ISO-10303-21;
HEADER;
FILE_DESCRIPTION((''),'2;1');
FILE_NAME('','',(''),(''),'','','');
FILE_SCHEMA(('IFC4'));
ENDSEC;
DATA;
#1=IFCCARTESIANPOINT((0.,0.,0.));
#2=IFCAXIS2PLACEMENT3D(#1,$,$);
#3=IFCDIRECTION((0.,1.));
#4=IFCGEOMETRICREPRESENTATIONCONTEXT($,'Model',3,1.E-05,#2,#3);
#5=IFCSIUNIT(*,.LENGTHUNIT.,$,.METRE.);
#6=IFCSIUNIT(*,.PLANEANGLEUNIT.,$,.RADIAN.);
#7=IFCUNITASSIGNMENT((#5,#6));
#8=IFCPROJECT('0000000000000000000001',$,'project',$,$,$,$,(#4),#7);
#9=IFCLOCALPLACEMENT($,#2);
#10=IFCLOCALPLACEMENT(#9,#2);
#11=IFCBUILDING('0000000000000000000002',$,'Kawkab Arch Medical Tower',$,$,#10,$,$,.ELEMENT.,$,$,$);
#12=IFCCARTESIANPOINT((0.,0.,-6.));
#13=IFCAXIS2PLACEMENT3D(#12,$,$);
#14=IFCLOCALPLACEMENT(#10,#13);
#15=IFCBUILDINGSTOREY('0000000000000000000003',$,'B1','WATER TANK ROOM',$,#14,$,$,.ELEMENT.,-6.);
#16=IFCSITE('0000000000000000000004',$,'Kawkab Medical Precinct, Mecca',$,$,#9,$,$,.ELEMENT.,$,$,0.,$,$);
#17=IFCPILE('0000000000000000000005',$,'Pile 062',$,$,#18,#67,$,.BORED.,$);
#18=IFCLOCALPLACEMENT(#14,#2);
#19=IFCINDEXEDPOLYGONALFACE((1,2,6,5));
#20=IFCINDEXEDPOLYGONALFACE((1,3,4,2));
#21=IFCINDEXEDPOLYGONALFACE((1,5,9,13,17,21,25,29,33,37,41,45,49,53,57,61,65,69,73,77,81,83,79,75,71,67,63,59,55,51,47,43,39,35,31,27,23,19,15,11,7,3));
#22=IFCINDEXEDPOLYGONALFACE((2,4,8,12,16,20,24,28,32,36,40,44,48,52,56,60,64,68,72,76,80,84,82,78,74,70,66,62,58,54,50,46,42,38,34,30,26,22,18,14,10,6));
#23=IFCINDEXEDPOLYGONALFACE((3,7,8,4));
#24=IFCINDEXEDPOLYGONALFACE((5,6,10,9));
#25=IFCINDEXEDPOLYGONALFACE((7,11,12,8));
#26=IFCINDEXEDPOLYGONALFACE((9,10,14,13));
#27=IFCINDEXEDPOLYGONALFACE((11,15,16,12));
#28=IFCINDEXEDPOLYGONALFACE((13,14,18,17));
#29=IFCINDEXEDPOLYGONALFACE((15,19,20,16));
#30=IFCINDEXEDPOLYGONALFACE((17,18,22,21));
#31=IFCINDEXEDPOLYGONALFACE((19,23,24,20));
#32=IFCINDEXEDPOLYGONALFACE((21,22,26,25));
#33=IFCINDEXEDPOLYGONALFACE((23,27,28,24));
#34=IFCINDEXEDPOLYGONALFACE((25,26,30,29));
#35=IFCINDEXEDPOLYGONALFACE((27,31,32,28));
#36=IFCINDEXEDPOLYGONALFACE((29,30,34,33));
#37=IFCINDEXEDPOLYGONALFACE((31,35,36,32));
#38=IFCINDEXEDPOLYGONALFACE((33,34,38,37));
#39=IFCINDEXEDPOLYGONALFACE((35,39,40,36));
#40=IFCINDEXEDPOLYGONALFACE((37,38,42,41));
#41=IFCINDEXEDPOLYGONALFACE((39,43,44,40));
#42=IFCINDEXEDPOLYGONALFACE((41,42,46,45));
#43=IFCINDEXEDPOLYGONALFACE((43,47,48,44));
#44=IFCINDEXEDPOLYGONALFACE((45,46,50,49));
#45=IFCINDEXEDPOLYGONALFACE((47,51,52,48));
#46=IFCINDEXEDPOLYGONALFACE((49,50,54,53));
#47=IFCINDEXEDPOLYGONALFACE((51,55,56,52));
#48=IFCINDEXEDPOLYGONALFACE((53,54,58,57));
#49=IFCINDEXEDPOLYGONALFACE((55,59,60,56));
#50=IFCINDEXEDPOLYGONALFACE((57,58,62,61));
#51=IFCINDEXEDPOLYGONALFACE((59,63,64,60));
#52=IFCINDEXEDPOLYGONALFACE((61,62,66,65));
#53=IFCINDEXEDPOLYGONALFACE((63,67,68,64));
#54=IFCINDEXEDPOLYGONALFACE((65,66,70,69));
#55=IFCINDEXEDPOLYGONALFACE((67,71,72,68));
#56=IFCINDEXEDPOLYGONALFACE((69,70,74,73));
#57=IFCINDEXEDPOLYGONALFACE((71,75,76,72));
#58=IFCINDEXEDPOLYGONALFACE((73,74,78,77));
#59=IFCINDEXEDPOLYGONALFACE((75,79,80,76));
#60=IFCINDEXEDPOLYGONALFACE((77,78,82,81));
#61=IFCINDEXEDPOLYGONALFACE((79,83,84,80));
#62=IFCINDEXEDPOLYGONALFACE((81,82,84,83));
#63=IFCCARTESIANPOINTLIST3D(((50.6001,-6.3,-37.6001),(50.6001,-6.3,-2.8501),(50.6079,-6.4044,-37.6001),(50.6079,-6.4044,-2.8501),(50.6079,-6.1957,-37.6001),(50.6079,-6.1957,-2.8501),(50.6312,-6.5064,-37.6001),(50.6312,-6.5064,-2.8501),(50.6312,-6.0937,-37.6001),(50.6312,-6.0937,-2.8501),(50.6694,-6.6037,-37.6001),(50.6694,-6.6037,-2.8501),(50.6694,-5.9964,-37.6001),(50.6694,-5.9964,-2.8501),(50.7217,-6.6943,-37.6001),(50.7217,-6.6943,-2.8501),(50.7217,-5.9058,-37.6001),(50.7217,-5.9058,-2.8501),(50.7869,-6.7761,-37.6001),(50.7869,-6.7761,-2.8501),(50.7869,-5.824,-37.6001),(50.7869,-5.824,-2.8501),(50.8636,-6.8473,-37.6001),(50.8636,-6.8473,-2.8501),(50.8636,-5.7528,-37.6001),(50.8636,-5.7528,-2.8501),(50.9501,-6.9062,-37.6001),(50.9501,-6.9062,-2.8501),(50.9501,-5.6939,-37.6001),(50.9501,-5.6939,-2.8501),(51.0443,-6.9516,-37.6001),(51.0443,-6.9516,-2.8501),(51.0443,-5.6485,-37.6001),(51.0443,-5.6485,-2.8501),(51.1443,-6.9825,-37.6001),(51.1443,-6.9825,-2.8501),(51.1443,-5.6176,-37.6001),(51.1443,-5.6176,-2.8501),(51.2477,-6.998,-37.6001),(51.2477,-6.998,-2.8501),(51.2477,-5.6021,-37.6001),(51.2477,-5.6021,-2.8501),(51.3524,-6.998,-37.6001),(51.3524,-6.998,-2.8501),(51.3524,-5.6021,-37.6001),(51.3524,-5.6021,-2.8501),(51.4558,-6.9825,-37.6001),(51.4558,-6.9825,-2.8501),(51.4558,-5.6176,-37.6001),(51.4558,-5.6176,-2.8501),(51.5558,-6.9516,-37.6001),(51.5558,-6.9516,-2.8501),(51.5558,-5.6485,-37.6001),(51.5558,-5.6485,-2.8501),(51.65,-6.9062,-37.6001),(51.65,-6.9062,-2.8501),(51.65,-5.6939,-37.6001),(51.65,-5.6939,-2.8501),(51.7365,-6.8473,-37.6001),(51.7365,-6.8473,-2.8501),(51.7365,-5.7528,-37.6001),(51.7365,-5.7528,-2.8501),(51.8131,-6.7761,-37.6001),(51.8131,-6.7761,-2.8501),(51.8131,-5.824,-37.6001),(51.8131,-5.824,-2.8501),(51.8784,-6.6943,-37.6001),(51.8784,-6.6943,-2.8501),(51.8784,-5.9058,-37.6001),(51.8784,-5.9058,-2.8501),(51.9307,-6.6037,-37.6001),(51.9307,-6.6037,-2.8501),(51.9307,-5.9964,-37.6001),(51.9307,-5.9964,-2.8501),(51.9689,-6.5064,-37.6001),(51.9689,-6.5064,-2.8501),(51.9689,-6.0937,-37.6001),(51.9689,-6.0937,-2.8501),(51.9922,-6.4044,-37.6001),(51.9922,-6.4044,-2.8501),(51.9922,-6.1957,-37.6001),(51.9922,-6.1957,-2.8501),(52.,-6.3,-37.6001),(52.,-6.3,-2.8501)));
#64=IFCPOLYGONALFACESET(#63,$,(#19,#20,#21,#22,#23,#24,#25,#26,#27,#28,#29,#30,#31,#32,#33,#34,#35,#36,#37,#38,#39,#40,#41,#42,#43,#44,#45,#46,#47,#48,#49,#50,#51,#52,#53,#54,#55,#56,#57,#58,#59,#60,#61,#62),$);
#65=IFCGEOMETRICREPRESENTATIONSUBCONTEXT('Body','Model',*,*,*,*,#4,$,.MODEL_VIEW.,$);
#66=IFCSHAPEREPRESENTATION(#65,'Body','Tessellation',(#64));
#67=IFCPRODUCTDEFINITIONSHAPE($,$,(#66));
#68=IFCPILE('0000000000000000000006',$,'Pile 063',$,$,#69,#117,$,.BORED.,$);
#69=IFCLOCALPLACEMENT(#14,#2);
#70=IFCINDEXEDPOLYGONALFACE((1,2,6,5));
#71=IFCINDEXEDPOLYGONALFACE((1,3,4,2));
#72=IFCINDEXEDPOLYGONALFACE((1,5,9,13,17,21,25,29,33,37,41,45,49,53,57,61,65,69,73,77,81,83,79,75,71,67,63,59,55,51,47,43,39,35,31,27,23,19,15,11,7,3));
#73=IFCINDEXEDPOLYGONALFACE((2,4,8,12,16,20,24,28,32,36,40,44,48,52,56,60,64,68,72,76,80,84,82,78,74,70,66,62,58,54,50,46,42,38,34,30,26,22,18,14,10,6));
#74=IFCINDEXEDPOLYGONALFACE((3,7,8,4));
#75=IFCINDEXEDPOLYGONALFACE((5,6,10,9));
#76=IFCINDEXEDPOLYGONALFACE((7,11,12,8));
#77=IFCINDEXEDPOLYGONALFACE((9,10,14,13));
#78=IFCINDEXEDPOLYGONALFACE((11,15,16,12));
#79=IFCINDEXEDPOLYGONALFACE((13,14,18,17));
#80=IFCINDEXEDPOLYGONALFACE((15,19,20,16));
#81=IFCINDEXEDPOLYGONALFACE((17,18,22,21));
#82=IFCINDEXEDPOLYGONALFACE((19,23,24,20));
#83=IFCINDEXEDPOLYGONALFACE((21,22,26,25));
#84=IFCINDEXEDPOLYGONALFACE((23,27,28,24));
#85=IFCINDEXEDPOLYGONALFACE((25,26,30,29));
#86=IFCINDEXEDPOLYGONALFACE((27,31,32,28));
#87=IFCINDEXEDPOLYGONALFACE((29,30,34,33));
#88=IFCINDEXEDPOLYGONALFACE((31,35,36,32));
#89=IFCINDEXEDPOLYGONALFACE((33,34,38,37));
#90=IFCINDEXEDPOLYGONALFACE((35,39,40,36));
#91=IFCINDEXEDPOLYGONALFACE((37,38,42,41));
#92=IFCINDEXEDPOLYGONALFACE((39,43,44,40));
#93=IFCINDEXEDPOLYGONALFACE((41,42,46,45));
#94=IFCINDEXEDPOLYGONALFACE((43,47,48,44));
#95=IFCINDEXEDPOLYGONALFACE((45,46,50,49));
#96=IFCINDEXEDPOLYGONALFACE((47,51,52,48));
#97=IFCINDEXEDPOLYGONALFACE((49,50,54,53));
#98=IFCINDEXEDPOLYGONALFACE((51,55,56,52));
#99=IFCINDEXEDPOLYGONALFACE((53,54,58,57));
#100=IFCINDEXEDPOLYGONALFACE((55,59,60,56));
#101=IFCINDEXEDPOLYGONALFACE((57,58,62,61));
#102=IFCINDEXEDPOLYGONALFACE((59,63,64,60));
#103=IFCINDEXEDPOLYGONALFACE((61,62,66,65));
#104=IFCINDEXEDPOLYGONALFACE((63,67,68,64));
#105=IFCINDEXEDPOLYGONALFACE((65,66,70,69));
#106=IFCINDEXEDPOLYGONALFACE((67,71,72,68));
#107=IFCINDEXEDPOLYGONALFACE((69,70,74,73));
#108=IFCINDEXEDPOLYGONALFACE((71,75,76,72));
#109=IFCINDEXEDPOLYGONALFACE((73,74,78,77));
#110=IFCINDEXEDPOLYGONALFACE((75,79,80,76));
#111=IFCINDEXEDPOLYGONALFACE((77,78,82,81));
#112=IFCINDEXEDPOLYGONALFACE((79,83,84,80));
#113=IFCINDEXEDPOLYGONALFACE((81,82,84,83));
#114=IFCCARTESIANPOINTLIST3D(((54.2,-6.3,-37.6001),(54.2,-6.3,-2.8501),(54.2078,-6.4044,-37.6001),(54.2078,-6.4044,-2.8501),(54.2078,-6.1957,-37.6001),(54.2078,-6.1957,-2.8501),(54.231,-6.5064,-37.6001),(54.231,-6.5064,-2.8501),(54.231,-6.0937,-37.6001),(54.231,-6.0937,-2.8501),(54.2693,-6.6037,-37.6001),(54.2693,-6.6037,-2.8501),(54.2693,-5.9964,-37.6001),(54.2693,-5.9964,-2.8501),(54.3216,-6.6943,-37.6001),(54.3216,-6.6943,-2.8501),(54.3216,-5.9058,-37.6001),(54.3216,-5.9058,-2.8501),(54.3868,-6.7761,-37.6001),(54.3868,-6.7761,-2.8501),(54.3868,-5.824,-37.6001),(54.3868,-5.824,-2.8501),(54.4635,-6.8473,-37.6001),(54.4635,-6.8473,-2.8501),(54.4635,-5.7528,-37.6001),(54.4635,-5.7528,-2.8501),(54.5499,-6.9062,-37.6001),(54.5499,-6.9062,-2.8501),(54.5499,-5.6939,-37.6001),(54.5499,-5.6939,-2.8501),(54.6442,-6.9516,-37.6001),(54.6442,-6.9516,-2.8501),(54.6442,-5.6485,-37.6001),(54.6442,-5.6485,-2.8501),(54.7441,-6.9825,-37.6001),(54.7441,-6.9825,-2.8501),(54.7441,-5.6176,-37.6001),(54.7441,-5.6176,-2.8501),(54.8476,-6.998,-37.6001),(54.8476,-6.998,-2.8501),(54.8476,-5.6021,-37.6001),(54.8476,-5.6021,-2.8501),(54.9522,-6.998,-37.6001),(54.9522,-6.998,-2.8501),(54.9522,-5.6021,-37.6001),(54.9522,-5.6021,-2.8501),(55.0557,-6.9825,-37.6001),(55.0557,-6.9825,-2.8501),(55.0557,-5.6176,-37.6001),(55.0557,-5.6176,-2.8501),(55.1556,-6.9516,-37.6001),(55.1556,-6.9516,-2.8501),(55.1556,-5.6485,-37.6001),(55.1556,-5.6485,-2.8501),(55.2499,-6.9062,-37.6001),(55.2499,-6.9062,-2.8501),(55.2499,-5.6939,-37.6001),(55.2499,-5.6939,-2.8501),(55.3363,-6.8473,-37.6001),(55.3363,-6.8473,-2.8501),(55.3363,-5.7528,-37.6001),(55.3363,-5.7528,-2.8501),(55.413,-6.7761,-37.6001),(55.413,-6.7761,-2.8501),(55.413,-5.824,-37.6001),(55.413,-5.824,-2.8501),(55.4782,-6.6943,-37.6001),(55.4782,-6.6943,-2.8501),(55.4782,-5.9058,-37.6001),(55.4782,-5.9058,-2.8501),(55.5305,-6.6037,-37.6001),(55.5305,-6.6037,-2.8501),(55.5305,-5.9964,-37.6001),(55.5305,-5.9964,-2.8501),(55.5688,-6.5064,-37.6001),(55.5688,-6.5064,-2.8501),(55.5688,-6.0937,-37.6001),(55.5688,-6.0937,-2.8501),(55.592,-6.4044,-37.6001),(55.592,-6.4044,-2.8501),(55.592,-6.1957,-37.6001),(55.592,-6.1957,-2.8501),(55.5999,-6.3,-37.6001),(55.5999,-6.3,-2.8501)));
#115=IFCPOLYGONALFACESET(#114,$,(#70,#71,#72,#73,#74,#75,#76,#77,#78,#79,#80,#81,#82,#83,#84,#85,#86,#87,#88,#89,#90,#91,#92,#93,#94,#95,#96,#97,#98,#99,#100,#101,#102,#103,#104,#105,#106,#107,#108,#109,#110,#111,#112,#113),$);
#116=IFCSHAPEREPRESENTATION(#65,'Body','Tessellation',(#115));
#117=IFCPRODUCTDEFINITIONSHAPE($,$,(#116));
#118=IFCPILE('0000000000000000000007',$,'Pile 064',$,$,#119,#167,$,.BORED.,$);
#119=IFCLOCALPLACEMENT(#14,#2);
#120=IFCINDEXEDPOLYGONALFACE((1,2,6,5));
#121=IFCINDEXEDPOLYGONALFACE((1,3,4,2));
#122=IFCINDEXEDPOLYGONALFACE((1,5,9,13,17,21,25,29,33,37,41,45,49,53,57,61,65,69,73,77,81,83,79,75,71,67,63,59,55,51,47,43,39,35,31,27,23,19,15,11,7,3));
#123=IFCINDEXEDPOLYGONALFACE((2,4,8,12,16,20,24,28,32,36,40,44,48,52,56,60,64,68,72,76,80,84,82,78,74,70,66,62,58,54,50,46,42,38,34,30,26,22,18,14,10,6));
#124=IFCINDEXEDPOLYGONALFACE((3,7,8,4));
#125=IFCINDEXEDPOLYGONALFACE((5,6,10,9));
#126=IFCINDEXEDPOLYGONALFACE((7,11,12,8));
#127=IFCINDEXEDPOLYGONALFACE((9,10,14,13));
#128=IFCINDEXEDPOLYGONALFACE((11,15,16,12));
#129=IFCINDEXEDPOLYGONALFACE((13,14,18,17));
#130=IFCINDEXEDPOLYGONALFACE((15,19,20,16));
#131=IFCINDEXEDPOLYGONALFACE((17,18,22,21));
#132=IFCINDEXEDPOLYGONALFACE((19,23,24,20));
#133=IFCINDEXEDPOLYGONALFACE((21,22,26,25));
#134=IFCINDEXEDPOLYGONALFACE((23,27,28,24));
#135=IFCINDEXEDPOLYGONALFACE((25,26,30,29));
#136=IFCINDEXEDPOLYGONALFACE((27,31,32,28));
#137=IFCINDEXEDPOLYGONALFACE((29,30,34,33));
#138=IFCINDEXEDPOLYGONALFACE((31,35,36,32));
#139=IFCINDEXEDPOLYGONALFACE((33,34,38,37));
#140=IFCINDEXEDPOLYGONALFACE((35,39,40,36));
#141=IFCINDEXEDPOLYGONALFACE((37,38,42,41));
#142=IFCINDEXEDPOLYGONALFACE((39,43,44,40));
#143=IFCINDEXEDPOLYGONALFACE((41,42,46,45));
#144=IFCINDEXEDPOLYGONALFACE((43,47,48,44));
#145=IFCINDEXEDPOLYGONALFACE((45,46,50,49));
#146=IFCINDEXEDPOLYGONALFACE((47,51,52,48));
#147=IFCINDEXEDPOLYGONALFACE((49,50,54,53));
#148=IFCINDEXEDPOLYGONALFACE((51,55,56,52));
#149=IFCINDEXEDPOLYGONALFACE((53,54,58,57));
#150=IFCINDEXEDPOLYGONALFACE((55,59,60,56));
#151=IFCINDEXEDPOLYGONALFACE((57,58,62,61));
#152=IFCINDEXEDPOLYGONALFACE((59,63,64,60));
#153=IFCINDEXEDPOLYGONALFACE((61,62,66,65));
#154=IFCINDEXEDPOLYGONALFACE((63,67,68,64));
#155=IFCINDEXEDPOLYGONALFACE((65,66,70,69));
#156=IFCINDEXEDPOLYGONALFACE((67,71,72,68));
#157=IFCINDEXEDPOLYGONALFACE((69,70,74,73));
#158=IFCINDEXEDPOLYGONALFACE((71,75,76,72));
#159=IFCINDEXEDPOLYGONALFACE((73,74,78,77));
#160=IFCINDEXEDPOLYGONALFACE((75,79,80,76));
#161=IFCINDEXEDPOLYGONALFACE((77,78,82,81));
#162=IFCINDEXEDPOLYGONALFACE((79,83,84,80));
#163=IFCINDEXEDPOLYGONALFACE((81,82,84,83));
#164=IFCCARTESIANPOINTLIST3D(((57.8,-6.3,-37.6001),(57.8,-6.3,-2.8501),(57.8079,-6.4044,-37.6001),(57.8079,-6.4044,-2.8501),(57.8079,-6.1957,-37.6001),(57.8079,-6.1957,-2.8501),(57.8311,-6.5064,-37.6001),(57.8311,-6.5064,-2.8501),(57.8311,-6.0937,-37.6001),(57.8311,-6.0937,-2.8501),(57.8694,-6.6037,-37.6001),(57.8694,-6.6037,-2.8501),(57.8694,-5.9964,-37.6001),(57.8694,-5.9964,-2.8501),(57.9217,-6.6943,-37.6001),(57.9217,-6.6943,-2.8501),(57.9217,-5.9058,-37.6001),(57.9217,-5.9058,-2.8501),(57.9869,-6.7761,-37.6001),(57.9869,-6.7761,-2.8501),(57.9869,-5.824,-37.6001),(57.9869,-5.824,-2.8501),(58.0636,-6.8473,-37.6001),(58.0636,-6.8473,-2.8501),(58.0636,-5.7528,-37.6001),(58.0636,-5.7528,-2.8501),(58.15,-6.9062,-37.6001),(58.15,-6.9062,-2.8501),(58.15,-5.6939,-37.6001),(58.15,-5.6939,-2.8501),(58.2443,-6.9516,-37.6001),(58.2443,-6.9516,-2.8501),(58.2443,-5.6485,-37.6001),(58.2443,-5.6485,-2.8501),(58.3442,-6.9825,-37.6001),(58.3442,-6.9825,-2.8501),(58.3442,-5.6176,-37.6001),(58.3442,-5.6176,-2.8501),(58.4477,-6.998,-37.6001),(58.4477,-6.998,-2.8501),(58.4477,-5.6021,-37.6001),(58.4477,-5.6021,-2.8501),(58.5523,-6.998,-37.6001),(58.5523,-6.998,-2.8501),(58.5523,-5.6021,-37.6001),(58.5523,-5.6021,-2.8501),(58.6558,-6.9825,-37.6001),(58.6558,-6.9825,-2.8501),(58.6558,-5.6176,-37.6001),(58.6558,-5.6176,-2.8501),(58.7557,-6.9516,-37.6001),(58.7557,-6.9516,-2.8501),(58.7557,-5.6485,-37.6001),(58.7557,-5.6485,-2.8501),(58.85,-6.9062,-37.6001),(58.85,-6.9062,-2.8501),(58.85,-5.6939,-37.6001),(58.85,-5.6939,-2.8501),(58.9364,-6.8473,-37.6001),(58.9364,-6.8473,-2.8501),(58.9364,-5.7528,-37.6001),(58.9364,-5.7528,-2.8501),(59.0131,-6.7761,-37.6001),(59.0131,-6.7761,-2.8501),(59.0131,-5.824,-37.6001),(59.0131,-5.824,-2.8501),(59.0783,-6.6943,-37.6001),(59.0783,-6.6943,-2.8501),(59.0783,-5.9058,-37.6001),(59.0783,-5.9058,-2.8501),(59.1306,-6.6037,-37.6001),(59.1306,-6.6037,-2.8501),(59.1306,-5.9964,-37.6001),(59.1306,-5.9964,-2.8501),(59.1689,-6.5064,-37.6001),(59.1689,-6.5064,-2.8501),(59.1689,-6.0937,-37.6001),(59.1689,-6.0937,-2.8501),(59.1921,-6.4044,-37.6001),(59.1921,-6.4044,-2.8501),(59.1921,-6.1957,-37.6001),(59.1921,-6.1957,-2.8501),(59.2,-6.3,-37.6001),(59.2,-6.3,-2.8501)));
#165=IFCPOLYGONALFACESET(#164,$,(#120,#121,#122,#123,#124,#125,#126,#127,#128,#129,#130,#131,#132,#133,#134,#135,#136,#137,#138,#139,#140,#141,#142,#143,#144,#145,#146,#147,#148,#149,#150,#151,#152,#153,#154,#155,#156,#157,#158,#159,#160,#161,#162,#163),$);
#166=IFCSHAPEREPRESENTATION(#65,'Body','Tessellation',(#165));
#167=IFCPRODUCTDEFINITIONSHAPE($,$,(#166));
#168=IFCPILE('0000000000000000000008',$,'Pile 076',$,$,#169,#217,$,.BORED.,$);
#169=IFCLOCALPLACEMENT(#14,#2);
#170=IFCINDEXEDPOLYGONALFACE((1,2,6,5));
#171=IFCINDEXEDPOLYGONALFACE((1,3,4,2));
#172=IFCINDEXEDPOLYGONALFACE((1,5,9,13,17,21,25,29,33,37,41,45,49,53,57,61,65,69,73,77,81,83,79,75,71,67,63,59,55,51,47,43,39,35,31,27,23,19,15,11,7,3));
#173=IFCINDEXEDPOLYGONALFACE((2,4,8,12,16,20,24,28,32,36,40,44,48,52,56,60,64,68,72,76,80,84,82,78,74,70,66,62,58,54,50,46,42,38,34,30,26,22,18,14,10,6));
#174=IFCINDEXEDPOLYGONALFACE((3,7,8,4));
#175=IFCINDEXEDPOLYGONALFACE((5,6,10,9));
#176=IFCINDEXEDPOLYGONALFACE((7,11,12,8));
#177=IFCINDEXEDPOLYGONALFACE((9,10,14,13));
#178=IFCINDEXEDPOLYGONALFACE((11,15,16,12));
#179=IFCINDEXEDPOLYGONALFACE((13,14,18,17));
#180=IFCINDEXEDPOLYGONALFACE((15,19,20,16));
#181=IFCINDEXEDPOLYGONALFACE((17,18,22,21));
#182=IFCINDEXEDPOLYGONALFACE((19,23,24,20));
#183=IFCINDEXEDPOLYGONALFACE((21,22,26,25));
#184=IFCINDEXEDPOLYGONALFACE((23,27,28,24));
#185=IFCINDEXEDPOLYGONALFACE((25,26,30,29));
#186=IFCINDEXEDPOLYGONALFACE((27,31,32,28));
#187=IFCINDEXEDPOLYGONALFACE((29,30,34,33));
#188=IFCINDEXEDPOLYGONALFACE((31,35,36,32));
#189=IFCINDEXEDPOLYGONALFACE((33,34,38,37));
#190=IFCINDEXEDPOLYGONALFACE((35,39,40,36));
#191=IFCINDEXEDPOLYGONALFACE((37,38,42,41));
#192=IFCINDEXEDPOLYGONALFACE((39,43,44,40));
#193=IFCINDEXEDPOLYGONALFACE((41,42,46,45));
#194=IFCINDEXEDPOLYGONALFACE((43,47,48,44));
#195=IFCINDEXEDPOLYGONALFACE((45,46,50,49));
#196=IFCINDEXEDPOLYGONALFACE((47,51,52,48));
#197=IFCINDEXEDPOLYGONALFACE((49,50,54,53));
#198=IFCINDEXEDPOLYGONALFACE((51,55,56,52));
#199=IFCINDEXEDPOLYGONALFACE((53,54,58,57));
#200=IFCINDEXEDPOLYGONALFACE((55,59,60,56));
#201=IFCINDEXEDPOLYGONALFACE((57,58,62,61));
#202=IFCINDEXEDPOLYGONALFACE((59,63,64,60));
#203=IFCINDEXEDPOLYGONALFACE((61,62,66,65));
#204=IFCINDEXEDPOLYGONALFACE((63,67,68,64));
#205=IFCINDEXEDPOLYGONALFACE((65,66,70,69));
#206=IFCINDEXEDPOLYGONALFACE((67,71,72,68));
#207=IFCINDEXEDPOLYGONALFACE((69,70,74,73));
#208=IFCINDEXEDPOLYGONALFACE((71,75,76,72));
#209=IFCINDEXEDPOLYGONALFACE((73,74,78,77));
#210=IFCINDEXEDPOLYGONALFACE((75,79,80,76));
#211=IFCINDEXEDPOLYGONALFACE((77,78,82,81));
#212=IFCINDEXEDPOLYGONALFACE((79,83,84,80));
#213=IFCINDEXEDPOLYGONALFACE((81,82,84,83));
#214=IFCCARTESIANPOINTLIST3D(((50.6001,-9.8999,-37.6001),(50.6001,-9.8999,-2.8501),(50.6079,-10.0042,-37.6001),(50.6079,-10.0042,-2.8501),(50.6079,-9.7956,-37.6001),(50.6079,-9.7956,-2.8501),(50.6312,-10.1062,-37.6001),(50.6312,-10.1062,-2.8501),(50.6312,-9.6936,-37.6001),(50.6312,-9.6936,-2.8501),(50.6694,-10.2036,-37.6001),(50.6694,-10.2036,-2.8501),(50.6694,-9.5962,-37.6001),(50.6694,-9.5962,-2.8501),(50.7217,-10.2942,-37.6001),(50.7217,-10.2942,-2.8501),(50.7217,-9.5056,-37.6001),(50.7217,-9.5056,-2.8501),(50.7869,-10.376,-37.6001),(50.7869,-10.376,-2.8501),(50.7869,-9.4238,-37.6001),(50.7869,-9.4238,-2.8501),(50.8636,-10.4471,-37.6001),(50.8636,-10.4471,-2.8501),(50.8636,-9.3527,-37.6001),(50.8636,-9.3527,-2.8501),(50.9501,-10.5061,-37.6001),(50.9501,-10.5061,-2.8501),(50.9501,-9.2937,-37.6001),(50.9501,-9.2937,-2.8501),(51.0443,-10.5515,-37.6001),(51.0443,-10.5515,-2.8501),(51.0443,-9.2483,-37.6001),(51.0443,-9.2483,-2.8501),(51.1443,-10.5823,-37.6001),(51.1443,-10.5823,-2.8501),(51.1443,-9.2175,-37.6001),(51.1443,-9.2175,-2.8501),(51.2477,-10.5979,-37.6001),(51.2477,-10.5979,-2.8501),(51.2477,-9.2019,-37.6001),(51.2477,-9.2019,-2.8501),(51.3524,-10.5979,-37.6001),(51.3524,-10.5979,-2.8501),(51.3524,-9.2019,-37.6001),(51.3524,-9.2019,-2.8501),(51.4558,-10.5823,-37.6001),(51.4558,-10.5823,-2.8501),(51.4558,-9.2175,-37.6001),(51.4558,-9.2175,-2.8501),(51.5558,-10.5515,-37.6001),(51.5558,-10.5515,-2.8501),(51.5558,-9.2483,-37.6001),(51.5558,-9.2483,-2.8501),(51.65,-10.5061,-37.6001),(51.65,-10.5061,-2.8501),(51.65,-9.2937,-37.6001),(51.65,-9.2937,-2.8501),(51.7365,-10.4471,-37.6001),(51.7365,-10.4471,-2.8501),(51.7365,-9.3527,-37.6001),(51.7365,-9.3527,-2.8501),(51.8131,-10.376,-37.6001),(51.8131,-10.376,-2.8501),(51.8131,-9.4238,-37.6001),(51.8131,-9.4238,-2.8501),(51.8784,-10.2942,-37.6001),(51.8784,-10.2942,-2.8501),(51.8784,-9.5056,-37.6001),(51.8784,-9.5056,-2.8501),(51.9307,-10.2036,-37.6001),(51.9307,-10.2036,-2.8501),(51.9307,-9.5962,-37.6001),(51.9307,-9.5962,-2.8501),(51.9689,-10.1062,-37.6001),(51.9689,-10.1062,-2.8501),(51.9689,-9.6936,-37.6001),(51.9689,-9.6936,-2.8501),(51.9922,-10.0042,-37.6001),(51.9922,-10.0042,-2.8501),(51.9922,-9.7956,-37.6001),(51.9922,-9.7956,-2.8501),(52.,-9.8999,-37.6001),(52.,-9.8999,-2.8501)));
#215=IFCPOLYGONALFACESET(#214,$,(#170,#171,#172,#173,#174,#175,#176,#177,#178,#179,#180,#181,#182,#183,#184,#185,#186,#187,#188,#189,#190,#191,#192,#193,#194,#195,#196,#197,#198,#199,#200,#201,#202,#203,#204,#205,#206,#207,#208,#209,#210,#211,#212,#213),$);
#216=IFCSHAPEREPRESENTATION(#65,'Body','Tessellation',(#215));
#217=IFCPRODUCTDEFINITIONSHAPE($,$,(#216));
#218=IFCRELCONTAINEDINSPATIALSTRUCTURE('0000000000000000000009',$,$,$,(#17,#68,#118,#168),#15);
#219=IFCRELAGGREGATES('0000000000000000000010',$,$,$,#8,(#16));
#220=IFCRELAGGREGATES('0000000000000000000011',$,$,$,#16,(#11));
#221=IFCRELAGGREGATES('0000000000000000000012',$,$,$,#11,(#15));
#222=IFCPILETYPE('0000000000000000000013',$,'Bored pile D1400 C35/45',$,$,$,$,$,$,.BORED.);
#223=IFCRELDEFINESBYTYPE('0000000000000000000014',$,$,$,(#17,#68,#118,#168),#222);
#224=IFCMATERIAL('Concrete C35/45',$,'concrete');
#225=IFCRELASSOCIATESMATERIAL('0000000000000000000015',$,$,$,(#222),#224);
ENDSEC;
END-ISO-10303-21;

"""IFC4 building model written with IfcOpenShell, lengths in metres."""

from ifc_helpers import new_model, si_unit, direction, frame, origin, origin_2d, place, context, subcontext, project, spatial, circle, extrude, material, material_profile, profile_set, type_object, element, save


model = new_model("IFC4")

# Units and contexts
model_context = context("Model", 3, precision=1e-05, world=origin(), true_north=direction((0.0, 1.0)))
body_context = subcontext(model_context, "Body", "Model", "MODEL_VIEW")
ifc_project = project(units=[si_unit("LENGTHUNIT", "METRE"), si_unit("PLANEANGLEUNIT", "RADIAN")], contexts=[model_context])

# Site, building, storey
site_placement = place(None, origin())
site = spatial("IfcSite", under=ifc_project, at=site_placement, Name="Kawkab Medical Precinct, Mecca", CompositionType="ELEMENT", RefElevation=0.0)
building_placement = place(site_placement, origin())
building = spatial("IfcBuilding", under=site, at=building_placement, Name="Kawkab Arch Medical Tower", CompositionType="ELEMENT")
storey_placement = place(building_placement, frame((0.0, 0.0, -6.0)))
storey = spatial("IfcBuildingStorey", under=building, at=storey_placement, Name="B1", Description="WATER TANK ROOM", CompositionType="ELEMENT", Elevation=-6.0)

# Piles
ifc_material_1 = material(Name="Concrete C35/45", Category="concrete")
ifc_material_profile_1 = material_profile(ifc_material_1, circle(Radius=0.7, at=origin_2d()), Name="Bored pile D1400")
ifc_profile_set_1 = profile_set([ifc_material_profile_1], Name="Concrete C35/45")
pile_type = type_object("IfcPileType", Name="Bored pile D1400 C35/45", PredefinedType="BORED", material=ifc_profile_set_1)
for number, where, z_axis, x_axis, name in (
    (1, (51.3, -6.3, -2.8501), (0.0, 0.0, -1.0), (1.0, 0.0, 0.0), "Pile 062"),
    (2, (54.8999, -6.3, -2.8501), (0.0, 0.0, -1.0), (1.0, 0.0, 0.0), "Pile 063"),
    (3, (58.5, -6.3, -2.8501), (0.0, 0.0, -1.0), (1.0, 0.0, 0.0), "Pile 064"),
    (4, (51.3, -9.8999, -2.8501), (0.0, 0.0, -1.0), (1.0, 0.0, 0.0), "Pile 076"),
):
    element("IfcPile", number, at=place(storey_placement, frame(where, z_axis=z_axis, x_axis=x_axis)), inside=storey, type_object=pile_type, Name=name, PredefinedType="BORED", context=body_context, shape_type="SweptSolid", body=[
        extrude(circle(Radius=0.7, at=origin_2d()), origin(), (0.0, 0.0, 1.0), 34.75),
    ])

save(model, "model.ifc")
